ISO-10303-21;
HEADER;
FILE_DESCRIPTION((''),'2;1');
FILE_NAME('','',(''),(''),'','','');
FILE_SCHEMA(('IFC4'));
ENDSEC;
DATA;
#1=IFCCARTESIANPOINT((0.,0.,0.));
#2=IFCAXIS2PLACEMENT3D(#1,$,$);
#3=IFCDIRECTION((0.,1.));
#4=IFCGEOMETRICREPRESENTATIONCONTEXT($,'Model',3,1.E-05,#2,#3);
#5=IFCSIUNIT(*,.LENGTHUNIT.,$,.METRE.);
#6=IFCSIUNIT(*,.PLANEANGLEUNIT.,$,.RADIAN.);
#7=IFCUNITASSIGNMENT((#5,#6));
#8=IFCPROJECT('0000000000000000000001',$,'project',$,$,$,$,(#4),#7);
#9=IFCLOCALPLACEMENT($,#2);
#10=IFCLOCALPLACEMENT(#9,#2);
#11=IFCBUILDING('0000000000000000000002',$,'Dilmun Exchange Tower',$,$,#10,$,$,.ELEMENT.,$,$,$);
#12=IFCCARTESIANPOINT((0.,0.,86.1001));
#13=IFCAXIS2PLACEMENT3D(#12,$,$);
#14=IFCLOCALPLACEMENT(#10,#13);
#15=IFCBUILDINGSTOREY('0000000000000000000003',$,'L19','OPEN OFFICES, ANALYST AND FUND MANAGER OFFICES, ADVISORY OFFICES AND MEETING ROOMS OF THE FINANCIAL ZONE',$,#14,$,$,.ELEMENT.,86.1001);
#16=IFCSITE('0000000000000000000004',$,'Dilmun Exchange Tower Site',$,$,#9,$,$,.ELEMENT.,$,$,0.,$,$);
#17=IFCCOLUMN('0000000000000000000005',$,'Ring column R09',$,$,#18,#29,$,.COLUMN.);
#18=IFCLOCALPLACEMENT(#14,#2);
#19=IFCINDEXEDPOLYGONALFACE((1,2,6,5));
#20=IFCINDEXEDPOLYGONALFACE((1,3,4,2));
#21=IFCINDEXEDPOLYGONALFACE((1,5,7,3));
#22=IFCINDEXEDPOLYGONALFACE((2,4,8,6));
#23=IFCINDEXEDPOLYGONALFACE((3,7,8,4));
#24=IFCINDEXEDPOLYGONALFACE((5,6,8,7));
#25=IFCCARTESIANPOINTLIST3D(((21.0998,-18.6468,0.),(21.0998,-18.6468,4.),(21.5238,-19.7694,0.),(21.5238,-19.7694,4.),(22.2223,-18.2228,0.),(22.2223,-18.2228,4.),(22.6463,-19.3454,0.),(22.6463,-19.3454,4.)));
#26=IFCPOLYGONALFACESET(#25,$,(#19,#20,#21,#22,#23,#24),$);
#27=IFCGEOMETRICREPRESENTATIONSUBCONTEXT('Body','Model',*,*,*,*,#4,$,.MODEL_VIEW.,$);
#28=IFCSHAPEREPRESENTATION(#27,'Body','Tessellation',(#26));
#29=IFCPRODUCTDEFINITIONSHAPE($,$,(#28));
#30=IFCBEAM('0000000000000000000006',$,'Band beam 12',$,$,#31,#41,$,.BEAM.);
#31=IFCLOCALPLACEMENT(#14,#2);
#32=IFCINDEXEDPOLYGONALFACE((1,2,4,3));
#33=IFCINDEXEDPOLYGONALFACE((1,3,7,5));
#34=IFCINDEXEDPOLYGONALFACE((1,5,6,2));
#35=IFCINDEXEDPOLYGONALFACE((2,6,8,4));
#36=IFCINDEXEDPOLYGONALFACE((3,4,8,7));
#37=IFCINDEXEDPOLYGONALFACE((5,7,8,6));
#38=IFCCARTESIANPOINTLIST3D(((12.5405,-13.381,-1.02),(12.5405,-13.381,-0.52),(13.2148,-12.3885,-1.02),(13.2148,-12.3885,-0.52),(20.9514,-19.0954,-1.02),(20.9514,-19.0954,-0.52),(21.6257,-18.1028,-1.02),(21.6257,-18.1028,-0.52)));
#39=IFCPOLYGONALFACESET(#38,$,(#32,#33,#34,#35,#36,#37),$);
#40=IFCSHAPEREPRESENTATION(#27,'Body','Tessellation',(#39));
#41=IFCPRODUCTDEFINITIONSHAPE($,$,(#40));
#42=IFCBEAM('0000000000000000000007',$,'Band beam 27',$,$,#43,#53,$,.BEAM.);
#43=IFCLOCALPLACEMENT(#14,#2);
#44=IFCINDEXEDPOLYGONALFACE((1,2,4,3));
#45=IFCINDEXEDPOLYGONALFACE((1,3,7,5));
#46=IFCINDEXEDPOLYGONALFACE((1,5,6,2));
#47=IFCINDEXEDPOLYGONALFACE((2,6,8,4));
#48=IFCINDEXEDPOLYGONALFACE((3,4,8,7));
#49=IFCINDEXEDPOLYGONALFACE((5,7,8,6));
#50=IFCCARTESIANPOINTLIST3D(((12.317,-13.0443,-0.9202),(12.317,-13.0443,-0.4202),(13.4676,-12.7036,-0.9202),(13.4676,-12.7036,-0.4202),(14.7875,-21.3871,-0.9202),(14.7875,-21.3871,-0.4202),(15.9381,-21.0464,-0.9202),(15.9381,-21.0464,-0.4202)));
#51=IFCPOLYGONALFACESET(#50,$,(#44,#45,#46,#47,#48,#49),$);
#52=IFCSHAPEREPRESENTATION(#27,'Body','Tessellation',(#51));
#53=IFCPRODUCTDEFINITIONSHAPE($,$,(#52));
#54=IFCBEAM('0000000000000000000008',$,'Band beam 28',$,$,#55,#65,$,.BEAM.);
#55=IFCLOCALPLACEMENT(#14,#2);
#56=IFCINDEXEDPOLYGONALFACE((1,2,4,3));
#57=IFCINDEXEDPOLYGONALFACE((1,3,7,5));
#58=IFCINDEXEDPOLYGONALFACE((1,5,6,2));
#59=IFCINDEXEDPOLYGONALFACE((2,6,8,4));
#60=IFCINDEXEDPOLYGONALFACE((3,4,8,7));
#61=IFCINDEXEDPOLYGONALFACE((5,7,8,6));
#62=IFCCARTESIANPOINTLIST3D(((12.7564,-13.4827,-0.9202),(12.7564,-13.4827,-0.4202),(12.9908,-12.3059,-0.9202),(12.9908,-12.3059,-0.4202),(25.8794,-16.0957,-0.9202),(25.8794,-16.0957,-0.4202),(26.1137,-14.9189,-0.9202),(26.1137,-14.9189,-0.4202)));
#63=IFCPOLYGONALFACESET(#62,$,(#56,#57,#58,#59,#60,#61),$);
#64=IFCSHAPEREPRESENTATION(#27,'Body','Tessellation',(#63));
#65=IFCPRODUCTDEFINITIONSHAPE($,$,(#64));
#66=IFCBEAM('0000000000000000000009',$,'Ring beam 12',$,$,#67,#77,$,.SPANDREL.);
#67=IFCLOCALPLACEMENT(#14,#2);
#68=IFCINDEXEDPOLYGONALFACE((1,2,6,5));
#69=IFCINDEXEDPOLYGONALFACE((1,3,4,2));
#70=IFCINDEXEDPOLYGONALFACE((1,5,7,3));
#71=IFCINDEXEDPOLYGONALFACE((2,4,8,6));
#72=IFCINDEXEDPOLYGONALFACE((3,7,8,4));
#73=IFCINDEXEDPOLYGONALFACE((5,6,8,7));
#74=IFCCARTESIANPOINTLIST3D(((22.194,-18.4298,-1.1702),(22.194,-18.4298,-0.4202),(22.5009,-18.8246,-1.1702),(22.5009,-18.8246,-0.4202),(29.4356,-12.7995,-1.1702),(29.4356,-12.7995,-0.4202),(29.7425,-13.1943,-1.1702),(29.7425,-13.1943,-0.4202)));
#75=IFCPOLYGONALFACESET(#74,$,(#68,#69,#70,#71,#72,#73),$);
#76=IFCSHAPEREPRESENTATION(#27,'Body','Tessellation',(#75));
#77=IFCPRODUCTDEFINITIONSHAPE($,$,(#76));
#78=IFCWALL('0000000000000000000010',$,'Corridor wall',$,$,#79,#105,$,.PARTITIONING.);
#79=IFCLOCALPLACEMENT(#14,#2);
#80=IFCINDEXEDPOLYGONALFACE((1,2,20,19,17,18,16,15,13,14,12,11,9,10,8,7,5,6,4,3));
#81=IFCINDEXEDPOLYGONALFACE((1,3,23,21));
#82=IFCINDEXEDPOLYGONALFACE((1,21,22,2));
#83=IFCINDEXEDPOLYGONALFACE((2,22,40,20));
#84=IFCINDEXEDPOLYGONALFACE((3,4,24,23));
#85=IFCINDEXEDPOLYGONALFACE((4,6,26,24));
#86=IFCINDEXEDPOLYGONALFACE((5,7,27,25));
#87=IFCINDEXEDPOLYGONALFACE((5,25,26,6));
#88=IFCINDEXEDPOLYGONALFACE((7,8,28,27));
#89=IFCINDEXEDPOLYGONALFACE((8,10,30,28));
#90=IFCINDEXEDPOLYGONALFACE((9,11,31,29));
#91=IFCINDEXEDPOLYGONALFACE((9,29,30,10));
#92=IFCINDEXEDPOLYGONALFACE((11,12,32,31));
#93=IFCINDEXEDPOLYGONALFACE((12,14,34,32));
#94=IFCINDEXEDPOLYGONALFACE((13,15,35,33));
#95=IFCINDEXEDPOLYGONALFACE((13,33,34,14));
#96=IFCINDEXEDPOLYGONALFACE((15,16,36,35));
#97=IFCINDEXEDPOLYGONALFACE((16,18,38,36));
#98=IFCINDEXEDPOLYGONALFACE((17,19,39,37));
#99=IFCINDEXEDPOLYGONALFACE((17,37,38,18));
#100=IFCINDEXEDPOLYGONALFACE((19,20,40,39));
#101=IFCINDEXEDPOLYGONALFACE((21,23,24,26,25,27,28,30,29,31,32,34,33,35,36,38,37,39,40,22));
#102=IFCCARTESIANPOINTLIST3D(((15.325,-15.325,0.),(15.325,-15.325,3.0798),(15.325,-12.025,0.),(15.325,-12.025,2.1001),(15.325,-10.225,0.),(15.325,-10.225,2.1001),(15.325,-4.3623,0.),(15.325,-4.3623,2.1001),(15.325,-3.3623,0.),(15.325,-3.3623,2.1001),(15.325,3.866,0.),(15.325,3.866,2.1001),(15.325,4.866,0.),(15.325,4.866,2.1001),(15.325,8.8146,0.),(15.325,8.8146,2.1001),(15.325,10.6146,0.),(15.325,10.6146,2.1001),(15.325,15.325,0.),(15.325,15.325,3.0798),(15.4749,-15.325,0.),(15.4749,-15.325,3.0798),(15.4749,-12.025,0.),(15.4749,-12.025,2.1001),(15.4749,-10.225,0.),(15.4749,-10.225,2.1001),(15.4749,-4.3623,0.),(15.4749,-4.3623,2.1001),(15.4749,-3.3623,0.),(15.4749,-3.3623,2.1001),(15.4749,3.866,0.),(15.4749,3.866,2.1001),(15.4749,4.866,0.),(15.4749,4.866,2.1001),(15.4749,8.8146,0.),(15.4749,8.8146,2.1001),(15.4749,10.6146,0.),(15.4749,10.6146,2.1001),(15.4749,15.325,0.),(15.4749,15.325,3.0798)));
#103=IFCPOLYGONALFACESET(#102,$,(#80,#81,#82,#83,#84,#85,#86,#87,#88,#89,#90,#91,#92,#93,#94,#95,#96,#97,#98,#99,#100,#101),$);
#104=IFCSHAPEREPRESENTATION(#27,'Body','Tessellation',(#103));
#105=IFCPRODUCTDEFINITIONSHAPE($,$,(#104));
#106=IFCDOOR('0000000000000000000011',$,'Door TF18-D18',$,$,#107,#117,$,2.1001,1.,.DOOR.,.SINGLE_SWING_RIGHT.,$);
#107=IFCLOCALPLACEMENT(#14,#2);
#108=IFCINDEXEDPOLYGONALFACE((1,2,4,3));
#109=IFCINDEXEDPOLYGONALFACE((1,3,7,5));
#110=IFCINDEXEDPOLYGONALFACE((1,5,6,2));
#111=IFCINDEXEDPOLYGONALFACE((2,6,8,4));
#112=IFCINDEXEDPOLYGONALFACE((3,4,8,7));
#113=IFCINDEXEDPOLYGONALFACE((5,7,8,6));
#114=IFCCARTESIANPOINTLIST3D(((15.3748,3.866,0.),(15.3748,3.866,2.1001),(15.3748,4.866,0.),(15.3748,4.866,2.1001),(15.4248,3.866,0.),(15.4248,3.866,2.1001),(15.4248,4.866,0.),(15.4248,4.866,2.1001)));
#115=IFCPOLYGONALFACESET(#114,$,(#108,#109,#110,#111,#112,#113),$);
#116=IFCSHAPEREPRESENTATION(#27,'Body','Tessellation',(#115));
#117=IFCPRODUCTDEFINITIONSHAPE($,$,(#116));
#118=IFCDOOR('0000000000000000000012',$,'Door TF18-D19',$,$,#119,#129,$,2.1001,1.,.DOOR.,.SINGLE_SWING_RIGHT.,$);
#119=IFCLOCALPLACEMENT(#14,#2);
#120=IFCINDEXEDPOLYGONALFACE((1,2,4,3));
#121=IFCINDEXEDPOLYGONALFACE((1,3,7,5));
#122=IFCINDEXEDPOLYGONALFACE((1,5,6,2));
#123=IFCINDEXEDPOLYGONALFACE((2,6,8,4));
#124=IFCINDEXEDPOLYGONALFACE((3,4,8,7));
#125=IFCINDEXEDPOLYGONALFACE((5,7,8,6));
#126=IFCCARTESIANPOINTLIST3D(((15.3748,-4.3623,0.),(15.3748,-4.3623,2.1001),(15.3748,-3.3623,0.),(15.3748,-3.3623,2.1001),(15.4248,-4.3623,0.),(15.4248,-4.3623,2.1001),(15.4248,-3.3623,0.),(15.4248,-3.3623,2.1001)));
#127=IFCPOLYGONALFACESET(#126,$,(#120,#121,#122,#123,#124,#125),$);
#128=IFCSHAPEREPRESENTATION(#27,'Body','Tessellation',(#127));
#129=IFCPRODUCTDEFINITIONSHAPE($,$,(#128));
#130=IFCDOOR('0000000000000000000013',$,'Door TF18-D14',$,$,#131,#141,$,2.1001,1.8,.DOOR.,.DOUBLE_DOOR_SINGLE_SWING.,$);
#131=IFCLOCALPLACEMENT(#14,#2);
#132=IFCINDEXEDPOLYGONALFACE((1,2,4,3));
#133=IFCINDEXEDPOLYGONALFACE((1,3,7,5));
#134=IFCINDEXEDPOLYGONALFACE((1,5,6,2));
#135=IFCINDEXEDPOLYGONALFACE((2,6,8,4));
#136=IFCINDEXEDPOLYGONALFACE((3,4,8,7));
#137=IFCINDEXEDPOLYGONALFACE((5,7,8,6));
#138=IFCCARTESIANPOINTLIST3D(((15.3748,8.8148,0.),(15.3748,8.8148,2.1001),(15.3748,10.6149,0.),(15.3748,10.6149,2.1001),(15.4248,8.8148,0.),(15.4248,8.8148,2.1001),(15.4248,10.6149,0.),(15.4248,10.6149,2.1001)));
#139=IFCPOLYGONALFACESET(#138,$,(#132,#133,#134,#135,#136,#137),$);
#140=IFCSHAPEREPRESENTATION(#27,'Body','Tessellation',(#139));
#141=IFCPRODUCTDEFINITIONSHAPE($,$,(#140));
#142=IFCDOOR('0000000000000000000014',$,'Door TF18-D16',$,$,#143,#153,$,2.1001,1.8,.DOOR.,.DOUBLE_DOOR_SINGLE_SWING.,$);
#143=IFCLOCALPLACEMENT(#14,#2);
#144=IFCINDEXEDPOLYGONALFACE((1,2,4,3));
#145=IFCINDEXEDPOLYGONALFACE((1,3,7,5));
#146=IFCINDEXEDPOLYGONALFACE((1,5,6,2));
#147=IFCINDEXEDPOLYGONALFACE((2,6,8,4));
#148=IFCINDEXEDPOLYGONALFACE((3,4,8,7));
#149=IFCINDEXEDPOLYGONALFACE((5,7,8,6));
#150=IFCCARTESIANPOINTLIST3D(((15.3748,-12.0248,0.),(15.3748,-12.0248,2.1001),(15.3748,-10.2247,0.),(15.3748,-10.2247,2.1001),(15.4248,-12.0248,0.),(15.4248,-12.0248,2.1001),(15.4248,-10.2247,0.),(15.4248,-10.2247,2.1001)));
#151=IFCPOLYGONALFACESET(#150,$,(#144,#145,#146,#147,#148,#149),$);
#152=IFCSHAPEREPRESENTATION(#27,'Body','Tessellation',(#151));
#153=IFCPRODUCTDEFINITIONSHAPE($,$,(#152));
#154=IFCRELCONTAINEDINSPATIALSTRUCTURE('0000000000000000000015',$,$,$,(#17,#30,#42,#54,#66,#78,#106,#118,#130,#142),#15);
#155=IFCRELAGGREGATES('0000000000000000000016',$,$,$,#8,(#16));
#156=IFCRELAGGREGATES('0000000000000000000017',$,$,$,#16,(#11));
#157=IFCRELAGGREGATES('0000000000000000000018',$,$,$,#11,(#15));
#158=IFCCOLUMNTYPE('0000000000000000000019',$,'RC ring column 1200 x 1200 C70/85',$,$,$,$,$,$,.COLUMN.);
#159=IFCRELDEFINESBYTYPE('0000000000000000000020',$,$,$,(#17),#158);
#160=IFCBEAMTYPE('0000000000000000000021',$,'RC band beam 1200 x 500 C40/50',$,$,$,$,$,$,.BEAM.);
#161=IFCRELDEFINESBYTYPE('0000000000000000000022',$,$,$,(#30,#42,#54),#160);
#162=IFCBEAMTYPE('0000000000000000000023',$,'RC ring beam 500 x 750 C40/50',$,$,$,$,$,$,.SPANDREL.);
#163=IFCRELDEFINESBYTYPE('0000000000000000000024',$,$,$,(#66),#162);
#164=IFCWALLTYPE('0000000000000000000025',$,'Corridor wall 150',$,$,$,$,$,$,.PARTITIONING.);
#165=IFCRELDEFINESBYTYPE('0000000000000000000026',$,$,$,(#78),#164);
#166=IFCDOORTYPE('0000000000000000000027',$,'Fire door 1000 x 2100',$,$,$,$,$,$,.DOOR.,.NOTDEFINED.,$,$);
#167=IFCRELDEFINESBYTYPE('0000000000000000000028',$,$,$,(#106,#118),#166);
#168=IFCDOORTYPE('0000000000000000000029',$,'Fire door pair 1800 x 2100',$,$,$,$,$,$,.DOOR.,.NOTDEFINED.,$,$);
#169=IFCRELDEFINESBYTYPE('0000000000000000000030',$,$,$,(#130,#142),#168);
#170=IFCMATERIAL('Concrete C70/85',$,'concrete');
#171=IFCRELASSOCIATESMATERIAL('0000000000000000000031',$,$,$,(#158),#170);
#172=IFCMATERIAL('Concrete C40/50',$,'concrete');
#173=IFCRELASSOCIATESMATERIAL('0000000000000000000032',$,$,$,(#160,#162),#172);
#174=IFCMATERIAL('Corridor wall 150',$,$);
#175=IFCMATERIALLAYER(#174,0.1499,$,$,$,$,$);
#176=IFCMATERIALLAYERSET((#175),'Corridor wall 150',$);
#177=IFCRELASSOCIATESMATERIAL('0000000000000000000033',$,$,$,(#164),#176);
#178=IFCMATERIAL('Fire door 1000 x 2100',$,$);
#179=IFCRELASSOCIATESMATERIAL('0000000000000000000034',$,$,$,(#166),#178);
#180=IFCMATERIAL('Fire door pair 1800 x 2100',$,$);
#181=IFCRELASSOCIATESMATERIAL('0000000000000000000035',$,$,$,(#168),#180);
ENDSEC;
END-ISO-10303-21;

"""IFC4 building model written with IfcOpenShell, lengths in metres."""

from ifc_helpers import new_model, si_unit, direction, frame, frame_2d, origin, origin_2d, place, context, subcontext, project, spatial, rectangle, extrude, material, layer, layer_set, material_profile, profile_set, type_object, element, fill, save


model = new_model("IFC4")

# Units and contexts
model_context = context("Model", 3, precision=1e-05, world=origin(), true_north=direction((0.0, 1.0)))
body_context = subcontext(model_context, "Body", "Model", "MODEL_VIEW")
ifc_project = project(units=[si_unit("LENGTHUNIT", "METRE"), si_unit("PLANEANGLEUNIT", "RADIAN")], contexts=[model_context])

# Site, building, storey
site_placement = place(None, origin())
site = spatial("IfcSite", under=ifc_project, at=site_placement, Name="Dilmun Exchange Tower Site", CompositionType="ELEMENT", RefElevation=0.0)
building_placement = place(site_placement, origin())
building = spatial("IfcBuilding", under=site, at=building_placement, Name="Dilmun Exchange Tower", CompositionType="ELEMENT")
storey_placement = place(building_placement, frame((0.0, 0.0, 86.1001)))
storey = spatial("IfcBuildingStorey", under=building, at=storey_placement, Name="L19", Description="OPEN OFFICES, ANALYST AND FUND MANAGER OFFICES, ADVISORY OFFICES AND MEETING ROOMS OF THE FINANCIAL ZONE", CompositionType="ELEMENT", Elevation=86.1001)

# Column
ifc_material_1 = material(Name="Concrete C70/85", Category="concrete")
ifc_material_profile_1 = material_profile(ifc_material_1, rectangle(XDim=1.2, YDim=1.2, at=origin_2d()), Name="1200 x 1200")
ifc_profile_set_1 = profile_set([ifc_material_profile_1], Name="Concrete C70/85")
column_type = type_object("IfcColumnType", Name="RC ring column 1200 x 1200 C70/85", PredefinedType="COLUMN", material=ifc_profile_set_1)
column_placement = place(storey_placement, frame((21.873, -18.9961, 0.0), z_axis=(0.0, 0.0, 1.0), x_axis=(0.935492, 0.353349, 0.0)))
element("IfcColumn", 1, at=column_placement, inside=storey, type_object=column_type, Name="Ring column R09", PredefinedType="COLUMN", context=body_context, shape_type="SweptSolid", body=[
    extrude(rectangle(XDim=1.2, YDim=1.2, at=origin_2d()), origin(), (0.0, 0.0, 1.0), 4.0),
])

# Beams
ifc_material_2 = material(Name="Concrete C40/50", Category="concrete")
ifc_material_profile_2 = material_profile(ifc_material_2, rectangle(XDim=1.2, YDim=0.5, at=origin_2d()), Name="1200 x 500")
ifc_profile_set_2 = profile_set([ifc_material_profile_2], Name="Concrete C40/50")
beam_type_1 = type_object("IfcBeamType", Name="RC band beam 1200 x 500 C40/50", PredefinedType="BEAM", material=ifc_profile_set_2)
beam_1_placement = place(storey_placement, frame((21.2886, -18.5991, -0.77), z_axis=(-0.827157, 0.56197, 0.0), x_axis=(-0.56197, -0.827157, 0.0)))
element("IfcBeam", 2, at=beam_1_placement, inside=storey, type_object=beam_type_1, Name="Band beam 12", PredefinedType="BEAM", context=body_context, shape_type="SweptSolid", body=[
    extrude(rectangle(XDim=1.2, YDim=0.5, at=origin_2d()), origin(), (0.0, 0.0, 1.0), 10.1685),
])
beam_2_placement = place(storey_placement, frame((15.3628, -21.2168, -0.6702), z_axis=(-0.283933, 0.958844, 0.0), x_axis=(-0.958844, -0.283933, 0.0)))
element("IfcBeam", 3, at=beam_2_placement, inside=storey, type_object=beam_type_1, Name="Band beam 27", PredefinedType="BEAM", context=body_context, shape_type="SweptSolid", body=[
    extrude(rectangle(XDim=1.2, YDim=0.5, at=origin_2d()), origin(), (0.0, 0.0, 1.0), 8.7009),
])
beam_3_placement = place(storey_placement, frame((25.9966, -15.5073, -0.6702), z_axis=(-0.980747, 0.195284, 0.0), x_axis=(-0.195284, -0.980747, 0.0)))
element("IfcBeam", 4, at=beam_3_placement, inside=storey, type_object=beam_type_1, Name="Band beam 28", PredefinedType="BEAM", context=body_context, shape_type="SweptSolid", body=[
    extrude(rectangle(XDim=1.2, YDim=0.5, at=origin_2d()), origin(), (0.0, 0.0, 1.0), 13.3806),
])
ifc_material_profile_3 = material_profile(ifc_material_2, rectangle(XDim=0.5, YDim=0.75, at=origin_2d()), Name="500 x 750")
ifc_profile_set_3 = profile_set([ifc_material_profile_3], Name="Concrete C40/50")
beam_type_2 = type_object("IfcBeamType", Name="RC ring beam 500 x 750 C40/50", PredefinedType="SPANDREL", material=ifc_profile_set_3)
beam_4_placement = place(storey_placement, frame((22.3474, -18.6272, -0.7952), z_axis=(0.789461, 0.613801, 0.0), x_axis=(-0.613801, 0.789461, 0.0)))
element("IfcBeam", 5, at=beam_4_placement, inside=storey, type_object=beam_type_2, Name="Ring beam 12", PredefinedType="SPANDREL", context=body_context, shape_type="SweptSolid", body=[
    extrude(rectangle(XDim=0.5, YDim=0.75, at=origin_2d()), origin(), (0.0, 0.0, 1.0), 9.1729),
])

# Wall, openings, doors
ifc_material_3 = material(Name="Corridor wall 150")
ifc_layer = layer(ifc_material_3, 0.1499)
ifc_layer_set = layer_set([ifc_layer], Name="Corridor wall 150")
wall_type = type_object("IfcWallType", Name="Corridor wall 150", PredefinedType="PARTITIONING", material=ifc_layer_set)
wall_placement = place(storey_placement, frame((15.3999, -15.325, 0.0), z_axis=(0.0, 0.0, 1.0), x_axis=(0.0, 1.0, 0.0)))
wall = element("IfcWall", 6, at=wall_placement, inside=storey, type_object=wall_type, Name="Corridor wall", PredefinedType="PARTITIONING", context=body_context, shape_type="SweptSolid", body=[
    extrude(rectangle(XDim=30.6499, YDim=0.1499, at=frame_2d((15.325, 0.0))), origin(), (0.0, 0.0, 1.0), 3.0798),
])
opening_1_placement = place(wall_placement, frame((24.1396, 0.0, 0.0)))
opening_1 = element("IfcOpeningElement", 7, at=opening_1_placement, cuts=wall, PredefinedType="OPENING", context=body_context, shape_type="SweptSolid", body=[
    extrude(rectangle(XDim=1.8, YDim=2.1001, at=frame_2d((0.8999, 1.05))), frame((0.0, 0.085, 0.0), z_axis=(0.0, -1.0, 0.0), x_axis=(1.0, 0.0, 0.0)), (0.0, 0.0, 1.0), 0.1699),
])
opening_2_placement = place(wall_placement, frame((3.3, 0.0, 0.0)))
opening_2 = element("IfcOpeningElement", 8, at=opening_2_placement, cuts=wall, PredefinedType="OPENING", context=body_context, shape_type="SweptSolid", body=[
    extrude(rectangle(XDim=1.8, YDim=2.1001, at=frame_2d((0.8999, 1.05))), frame((0.0, 0.085, 0.0), z_axis=(0.0, -1.0, 0.0), x_axis=(1.0, 0.0, 0.0)), (0.0, 0.0, 1.0), 0.1699),
])
opening_3_placement = place(wall_placement, frame((19.1909, 0.0, 0.0)))
opening_3 = element("IfcOpeningElement", 9, at=opening_3_placement, cuts=wall, PredefinedType="OPENING", context=body_context, shape_type="SweptSolid", body=[
    extrude(rectangle(XDim=1.0, YDim=2.1001, at=frame_2d((0.5, 1.05))), frame((0.0, 0.085, 0.0), z_axis=(0.0, -1.0, 0.0), x_axis=(1.0, 0.0, 0.0)), (0.0, 0.0, 1.0), 0.1699),
])
opening_4_placement = place(wall_placement, frame((10.9626, 0.0, 0.0)))
opening_4 = element("IfcOpeningElement", 10, at=opening_4_placement, cuts=wall, PredefinedType="OPENING", context=body_context, shape_type="SweptSolid", body=[
    extrude(rectangle(XDim=1.0, YDim=2.1001, at=frame_2d((0.5, 1.05))), frame((0.0, 0.085, 0.0), z_axis=(0.0, -1.0, 0.0), x_axis=(1.0, 0.0, 0.0)), (0.0, 0.0, 1.0), 0.1699),
])
ifc_material_4 = material(Name="Fire door 1000 x 2100")
door_type_1 = type_object("IfcDoorType", Name="Fire door 1000 x 2100", OperationType="NOTDEFINED", PredefinedType="DOOR", material=ifc_material_4)
door_1_placement = place(opening_3_placement, frame((1.0, 0.0, 0.0), z_axis=(0.0, 0.0, 1.0), x_axis=(-1.0, 0.0, 0.0)))
door_1 = element("IfcDoor", 11, at=door_1_placement, inside=storey, type_object=door_type_1, Name="Door TF18-D18", OperationType="SINGLE_SWING_RIGHT", OverallHeight=2.1001, OverallWidth=1.0, PredefinedType="DOOR", context=body_context, shape_type="SweptSolid", body=[
    extrude(rectangle(XDim=1.0, YDim=2.1001, at=frame_2d((0.5, 1.05))), frame((0.0, 0.0249, 0.0), z_axis=(0.0, -1.0, 0.0), x_axis=(1.0, 0.0, 0.0)), (0.0, 0.0, 1.0), 0.05),
])
fill(opening_3, door_1)
door_2_placement = place(opening_4_placement, frame((1.0, 0.0, 0.0), z_axis=(0.0, 0.0, 1.0), x_axis=(-1.0, 0.0, 0.0)))
door_2 = element("IfcDoor", 12, at=door_2_placement, inside=storey, type_object=door_type_1, Name="Door TF18-D19", OperationType="SINGLE_SWING_RIGHT", OverallHeight=2.1001, OverallWidth=1.0, PredefinedType="DOOR", context=body_context, shape_type="SweptSolid", body=[
    extrude(rectangle(XDim=1.0, YDim=2.1001, at=frame_2d((0.5, 1.05))), frame((0.0, 0.0249, 0.0), z_axis=(0.0, -1.0, 0.0), x_axis=(1.0, 0.0, 0.0)), (0.0, 0.0, 1.0), 0.05),
])
fill(opening_4, door_2)
ifc_material_5 = material(Name="Fire door pair 1800 x 2100")
door_type_2 = type_object("IfcDoorType", Name="Fire door pair 1800 x 2100", OperationType="NOTDEFINED", PredefinedType="DOOR", material=ifc_material_5)
door_3_placement = place(opening_1_placement, frame((1.8, 0.0, 0.0), z_axis=(0.0, 0.0, 1.0), x_axis=(-1.0, 0.0, 0.0)))
door_3 = element("IfcDoor", 13, at=door_3_placement, inside=storey, type_object=door_type_2, Name="Door TF18-D14", OperationType="DOUBLE_DOOR_SINGLE_SWING", OverallHeight=2.1001, OverallWidth=1.8, PredefinedType="DOOR", context=body_context, shape_type="SweptSolid", body=[
    extrude(rectangle(XDim=1.8, YDim=2.1001, at=frame_2d((0.8999, 1.05))), frame((0.0, 0.0249, 0.0), z_axis=(0.0, -1.0, 0.0), x_axis=(1.0, 0.0, 0.0)), (0.0, 0.0, 1.0), 0.05),
])
fill(opening_1, door_3)
door_4_placement = place(opening_2_placement, frame((1.8, 0.0, 0.0), z_axis=(0.0, 0.0, 1.0), x_axis=(-1.0, 0.0, 0.0)))
door_4 = element("IfcDoor", 14, at=door_4_placement, inside=storey, type_object=door_type_2, Name="Door TF18-D16", OperationType="DOUBLE_DOOR_SINGLE_SWING", OverallHeight=2.1001, OverallWidth=1.8, PredefinedType="DOOR", context=body_context, shape_type="SweptSolid", body=[
    extrude(rectangle(XDim=1.8, YDim=2.1001, at=frame_2d((0.8999, 1.05))), frame((0.0, 0.0249, 0.0), z_axis=(0.0, -1.0, 0.0), x_axis=(1.0, 0.0, 0.0)), (0.0, 0.0, 1.0), 0.05),
])
fill(opening_2, door_4)

save(model, "model.ifc")
